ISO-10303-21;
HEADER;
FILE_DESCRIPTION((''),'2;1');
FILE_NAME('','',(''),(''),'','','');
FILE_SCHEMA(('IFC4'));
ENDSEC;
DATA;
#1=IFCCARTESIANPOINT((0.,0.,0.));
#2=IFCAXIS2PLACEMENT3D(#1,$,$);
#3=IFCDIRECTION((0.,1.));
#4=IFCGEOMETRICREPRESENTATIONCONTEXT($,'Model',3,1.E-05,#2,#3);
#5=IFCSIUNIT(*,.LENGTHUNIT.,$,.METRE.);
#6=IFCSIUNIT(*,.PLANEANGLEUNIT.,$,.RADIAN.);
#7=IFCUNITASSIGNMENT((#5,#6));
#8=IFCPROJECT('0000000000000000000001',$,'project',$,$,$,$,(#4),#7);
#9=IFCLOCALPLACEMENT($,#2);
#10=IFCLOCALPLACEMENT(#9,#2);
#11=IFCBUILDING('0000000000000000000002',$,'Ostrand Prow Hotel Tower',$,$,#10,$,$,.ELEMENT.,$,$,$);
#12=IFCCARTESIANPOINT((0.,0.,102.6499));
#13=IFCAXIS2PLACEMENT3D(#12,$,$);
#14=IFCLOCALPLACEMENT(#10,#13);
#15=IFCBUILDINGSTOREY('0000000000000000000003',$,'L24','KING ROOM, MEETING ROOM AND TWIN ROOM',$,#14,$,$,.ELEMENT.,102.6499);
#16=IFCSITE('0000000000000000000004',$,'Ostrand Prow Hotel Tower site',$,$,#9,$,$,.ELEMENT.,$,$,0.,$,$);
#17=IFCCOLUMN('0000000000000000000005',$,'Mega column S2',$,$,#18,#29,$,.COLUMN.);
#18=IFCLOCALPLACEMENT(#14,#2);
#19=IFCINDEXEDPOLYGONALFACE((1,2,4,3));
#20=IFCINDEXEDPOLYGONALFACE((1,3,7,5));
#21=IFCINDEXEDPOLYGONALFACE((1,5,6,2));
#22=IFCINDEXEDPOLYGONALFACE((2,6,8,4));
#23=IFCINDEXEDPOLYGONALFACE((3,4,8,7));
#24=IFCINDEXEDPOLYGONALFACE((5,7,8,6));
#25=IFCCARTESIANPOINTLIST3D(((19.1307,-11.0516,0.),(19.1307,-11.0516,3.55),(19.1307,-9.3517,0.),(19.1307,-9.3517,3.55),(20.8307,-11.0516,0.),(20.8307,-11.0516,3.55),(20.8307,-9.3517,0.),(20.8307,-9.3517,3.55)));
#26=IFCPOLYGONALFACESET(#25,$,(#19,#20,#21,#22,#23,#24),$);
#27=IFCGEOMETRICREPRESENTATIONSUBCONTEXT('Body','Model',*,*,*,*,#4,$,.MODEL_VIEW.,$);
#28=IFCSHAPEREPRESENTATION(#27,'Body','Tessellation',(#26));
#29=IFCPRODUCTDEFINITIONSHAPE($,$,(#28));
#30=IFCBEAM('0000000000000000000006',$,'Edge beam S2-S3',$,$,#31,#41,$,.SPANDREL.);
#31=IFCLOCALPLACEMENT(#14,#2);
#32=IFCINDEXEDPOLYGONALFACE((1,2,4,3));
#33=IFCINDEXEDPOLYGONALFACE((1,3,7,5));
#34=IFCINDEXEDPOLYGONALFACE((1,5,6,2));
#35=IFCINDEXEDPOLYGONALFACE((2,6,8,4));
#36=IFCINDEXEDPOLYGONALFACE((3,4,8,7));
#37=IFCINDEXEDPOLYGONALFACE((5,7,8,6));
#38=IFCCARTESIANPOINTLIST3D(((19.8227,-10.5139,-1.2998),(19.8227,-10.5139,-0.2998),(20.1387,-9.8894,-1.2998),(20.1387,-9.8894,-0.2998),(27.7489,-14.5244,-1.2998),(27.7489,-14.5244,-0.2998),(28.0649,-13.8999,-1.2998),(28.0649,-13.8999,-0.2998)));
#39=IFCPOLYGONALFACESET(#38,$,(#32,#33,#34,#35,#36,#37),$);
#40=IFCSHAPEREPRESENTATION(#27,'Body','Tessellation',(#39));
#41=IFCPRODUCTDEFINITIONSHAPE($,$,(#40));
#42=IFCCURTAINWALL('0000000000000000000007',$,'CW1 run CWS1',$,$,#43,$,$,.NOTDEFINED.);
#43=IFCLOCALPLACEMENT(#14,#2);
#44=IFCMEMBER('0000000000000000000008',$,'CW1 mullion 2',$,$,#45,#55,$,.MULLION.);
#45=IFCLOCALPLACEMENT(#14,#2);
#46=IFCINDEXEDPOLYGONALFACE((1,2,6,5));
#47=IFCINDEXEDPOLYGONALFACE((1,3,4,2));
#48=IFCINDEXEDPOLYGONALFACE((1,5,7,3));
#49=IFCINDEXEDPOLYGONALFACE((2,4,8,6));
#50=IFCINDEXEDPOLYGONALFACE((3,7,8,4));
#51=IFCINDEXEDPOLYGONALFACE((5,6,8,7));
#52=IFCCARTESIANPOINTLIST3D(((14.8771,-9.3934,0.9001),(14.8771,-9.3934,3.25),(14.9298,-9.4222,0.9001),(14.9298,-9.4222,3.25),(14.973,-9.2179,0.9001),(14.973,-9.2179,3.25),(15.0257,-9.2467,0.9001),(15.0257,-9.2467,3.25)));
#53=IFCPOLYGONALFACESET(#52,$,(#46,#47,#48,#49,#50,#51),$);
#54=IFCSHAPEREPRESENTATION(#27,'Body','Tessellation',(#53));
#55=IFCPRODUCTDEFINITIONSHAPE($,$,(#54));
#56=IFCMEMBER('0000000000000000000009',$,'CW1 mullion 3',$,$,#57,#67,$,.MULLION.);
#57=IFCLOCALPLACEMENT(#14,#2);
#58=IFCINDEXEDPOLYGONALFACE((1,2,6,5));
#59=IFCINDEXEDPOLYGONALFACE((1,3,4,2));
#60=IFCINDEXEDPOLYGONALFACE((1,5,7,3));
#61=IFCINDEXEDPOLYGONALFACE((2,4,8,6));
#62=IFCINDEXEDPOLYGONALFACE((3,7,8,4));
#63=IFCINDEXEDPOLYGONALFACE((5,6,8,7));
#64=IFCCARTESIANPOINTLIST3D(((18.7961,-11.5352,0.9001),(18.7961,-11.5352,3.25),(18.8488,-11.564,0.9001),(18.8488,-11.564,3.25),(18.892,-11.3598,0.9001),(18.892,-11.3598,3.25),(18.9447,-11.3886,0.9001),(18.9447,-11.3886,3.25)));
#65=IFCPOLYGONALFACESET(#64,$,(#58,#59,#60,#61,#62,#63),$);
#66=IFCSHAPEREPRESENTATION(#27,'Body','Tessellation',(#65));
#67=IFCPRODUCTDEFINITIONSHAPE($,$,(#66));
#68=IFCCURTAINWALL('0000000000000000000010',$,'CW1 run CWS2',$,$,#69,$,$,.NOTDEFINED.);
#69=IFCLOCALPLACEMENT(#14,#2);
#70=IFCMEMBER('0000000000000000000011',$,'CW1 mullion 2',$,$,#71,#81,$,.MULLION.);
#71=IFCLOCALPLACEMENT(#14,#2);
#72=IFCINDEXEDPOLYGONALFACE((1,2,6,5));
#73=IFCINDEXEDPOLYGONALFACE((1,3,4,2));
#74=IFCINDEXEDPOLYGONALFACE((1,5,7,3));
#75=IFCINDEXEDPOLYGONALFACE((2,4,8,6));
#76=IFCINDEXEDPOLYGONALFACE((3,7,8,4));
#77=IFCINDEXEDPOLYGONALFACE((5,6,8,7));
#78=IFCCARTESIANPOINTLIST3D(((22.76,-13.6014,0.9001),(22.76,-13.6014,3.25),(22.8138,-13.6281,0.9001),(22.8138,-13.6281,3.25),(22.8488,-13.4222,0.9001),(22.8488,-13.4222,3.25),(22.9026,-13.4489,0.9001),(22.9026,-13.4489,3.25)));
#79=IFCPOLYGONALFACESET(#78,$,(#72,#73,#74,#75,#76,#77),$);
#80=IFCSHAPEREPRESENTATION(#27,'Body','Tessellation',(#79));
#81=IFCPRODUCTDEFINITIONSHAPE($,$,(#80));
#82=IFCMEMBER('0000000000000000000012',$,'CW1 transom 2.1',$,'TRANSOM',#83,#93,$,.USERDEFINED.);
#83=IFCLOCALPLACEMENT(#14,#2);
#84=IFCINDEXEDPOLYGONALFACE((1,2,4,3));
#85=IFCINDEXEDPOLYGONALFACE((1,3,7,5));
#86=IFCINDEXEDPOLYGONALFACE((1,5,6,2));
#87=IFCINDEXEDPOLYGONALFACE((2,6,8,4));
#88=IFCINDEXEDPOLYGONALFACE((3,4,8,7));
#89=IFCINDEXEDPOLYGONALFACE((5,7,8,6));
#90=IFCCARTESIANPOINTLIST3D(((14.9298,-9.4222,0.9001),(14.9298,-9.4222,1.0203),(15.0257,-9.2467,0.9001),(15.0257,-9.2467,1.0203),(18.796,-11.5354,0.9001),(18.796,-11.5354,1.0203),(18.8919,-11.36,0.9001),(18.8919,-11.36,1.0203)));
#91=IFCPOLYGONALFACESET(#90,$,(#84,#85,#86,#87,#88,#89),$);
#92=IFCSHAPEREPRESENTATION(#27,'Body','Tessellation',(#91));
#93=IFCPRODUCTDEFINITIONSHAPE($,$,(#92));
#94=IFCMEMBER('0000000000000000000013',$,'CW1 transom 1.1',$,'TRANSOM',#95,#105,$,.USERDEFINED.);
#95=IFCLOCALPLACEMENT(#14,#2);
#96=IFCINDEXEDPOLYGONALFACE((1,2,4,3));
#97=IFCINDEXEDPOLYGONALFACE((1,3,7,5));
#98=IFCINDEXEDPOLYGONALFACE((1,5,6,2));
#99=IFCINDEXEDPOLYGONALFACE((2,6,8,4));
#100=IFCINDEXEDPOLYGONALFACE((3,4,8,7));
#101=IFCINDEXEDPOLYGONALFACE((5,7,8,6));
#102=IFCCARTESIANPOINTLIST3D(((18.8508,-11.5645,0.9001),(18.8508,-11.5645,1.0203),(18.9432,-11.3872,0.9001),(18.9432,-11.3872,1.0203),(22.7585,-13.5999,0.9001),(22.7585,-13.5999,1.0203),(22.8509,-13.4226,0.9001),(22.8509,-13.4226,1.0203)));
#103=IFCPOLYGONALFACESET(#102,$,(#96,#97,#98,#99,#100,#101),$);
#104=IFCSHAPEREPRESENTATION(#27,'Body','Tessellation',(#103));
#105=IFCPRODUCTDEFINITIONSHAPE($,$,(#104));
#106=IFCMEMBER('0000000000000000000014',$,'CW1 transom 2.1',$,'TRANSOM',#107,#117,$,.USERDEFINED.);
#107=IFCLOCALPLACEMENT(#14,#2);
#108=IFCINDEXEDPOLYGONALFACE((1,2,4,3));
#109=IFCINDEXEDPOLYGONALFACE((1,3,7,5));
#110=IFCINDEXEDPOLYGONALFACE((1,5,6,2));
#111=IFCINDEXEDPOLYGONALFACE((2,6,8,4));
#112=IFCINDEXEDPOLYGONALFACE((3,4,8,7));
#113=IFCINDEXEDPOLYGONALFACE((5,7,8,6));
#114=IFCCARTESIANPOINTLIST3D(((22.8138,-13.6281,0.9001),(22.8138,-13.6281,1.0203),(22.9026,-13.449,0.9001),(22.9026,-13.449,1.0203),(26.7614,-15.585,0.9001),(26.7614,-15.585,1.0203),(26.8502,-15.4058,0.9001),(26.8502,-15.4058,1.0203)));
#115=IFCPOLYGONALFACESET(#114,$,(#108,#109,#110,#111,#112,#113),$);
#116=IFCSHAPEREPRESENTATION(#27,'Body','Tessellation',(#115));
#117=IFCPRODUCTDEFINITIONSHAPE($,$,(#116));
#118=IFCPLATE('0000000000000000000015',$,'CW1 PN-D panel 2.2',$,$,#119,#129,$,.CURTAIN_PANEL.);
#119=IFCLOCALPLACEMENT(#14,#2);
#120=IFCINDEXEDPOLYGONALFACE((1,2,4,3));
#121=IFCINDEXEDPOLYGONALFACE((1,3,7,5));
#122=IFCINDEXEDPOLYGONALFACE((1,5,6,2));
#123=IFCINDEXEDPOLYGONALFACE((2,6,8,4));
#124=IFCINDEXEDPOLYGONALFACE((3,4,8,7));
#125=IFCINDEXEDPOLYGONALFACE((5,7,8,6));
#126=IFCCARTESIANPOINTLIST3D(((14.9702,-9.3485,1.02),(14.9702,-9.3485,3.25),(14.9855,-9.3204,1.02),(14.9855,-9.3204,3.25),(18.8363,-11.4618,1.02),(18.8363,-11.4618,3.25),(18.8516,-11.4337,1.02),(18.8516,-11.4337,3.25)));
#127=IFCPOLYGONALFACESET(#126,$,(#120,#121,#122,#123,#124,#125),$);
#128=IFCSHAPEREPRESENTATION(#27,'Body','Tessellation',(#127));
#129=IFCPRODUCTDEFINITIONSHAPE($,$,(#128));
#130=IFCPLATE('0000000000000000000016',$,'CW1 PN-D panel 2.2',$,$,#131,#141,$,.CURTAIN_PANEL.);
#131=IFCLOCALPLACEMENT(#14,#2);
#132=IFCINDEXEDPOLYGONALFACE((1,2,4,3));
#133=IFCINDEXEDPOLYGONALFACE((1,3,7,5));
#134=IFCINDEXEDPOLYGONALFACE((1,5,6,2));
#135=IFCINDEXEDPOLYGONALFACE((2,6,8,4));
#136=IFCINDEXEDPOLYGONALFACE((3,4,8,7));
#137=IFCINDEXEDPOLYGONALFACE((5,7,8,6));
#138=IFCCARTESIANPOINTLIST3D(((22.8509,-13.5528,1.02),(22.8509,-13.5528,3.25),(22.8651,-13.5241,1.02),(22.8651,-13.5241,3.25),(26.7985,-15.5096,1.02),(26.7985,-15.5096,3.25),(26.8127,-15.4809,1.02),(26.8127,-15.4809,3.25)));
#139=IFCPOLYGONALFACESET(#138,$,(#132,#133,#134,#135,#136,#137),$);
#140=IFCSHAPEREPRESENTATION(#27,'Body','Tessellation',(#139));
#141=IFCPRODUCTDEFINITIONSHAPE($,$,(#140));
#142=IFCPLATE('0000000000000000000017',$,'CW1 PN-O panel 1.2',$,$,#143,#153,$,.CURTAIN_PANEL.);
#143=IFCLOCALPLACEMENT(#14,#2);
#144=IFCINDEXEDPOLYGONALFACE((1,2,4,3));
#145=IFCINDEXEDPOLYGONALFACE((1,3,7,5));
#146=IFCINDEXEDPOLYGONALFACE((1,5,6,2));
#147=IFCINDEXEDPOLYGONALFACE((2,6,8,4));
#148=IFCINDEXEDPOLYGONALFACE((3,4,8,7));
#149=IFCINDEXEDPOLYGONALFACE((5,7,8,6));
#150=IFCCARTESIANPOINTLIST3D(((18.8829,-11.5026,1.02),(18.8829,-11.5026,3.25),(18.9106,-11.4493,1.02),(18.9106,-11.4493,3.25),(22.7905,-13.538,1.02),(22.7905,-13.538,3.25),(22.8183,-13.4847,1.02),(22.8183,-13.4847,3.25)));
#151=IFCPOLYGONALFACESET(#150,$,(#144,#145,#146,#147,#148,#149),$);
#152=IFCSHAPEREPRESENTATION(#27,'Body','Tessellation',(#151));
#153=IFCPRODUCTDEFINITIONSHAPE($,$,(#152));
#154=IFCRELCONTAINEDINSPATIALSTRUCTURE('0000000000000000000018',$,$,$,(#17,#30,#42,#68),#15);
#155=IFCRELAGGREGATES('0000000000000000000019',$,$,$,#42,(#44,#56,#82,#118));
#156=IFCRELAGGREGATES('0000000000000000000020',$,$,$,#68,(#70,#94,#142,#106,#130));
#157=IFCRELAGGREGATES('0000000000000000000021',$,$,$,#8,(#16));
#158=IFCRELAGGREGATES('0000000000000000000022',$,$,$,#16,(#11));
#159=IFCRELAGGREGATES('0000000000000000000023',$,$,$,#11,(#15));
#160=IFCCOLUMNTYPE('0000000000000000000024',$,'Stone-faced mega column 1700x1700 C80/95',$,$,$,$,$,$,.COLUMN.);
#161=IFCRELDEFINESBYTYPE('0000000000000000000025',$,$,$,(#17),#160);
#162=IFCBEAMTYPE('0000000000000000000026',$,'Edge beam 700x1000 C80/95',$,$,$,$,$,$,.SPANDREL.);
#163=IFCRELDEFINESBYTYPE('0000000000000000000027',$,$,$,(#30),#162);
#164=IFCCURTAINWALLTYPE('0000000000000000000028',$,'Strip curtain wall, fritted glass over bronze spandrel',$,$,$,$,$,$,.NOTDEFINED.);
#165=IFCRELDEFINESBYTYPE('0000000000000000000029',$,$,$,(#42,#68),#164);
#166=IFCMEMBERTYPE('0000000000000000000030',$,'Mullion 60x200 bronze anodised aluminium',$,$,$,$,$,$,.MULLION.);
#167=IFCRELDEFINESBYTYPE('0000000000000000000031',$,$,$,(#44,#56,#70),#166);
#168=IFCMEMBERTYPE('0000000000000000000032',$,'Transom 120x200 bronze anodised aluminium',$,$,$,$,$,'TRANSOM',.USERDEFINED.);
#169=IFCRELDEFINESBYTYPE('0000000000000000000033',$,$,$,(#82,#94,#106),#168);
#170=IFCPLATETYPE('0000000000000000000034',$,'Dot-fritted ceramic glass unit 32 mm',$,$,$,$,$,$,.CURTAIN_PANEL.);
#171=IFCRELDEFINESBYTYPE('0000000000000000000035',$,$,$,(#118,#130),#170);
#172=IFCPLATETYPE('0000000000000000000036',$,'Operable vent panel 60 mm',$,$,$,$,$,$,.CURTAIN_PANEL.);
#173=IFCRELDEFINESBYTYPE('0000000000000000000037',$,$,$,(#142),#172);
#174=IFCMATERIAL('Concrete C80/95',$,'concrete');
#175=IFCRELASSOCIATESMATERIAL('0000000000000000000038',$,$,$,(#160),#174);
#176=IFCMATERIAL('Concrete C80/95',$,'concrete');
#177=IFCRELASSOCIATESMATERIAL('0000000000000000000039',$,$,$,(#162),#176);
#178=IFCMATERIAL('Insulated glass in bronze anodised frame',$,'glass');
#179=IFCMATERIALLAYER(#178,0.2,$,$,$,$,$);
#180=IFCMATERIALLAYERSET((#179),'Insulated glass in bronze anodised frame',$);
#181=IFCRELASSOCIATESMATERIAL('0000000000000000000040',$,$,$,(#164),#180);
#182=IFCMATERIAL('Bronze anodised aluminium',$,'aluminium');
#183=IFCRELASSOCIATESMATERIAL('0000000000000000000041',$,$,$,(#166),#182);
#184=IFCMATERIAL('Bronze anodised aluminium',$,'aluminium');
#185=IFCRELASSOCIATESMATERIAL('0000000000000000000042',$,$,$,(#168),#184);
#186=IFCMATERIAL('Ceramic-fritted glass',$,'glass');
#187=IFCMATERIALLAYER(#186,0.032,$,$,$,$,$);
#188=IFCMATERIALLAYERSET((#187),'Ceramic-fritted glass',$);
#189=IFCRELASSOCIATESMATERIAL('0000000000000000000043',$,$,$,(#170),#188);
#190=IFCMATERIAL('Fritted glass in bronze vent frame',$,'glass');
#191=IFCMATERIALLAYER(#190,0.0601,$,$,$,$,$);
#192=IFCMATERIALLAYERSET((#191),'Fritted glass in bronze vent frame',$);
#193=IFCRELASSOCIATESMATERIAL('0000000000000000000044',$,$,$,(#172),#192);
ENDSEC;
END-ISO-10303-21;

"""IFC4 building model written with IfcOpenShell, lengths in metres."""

from ifc_helpers import new_model, si_unit, direction, frame, origin, origin_2d, place, context, subcontext, project, spatial, rectangle, extrude, material, layer, layer_set, material_profile, profile_set, type_object, element, aggregate, save


model = new_model("IFC4")

# Units and contexts
model_context = context("Model", 3, precision=1e-05, world=origin(), true_north=direction((0.0, 1.0)))
body_context = subcontext(model_context, "Body", "Model", "MODEL_VIEW")
ifc_project = project(units=[si_unit("LENGTHUNIT", "METRE"), si_unit("PLANEANGLEUNIT", "RADIAN")], contexts=[model_context])

# Site, building, storey
site_placement = place(None, origin())
site = spatial("IfcSite", under=ifc_project, at=site_placement, Name="Ostrand Prow Hotel Tower site", CompositionType="ELEMENT", RefElevation=0.0)
building_placement = place(site_placement, origin())
building = spatial("IfcBuilding", under=site, at=building_placement, Name="Ostrand Prow Hotel Tower", CompositionType="ELEMENT")
storey_placement = place(building_placement, frame((0.0, 0.0, 102.6499)))
storey = spatial("IfcBuildingStorey", under=building, at=storey_placement, Name="L24", Description="KING ROOM, MEETING ROOM AND TWIN ROOM", CompositionType="ELEMENT", Elevation=102.6499)

# Column
ifc_material_1 = material(Name="Concrete C80/95", Category="concrete")
ifc_material_profile_1 = material_profile(ifc_material_1, rectangle(XDim=1.7, YDim=1.7, at=origin_2d()), Name="RC 1700x1700")
ifc_profile_set_1 = profile_set([ifc_material_profile_1], Name="Concrete C80/95")
column_type = type_object("IfcColumnType", Name="Stone-faced mega column 1700x1700 C80/95", PredefinedType="COLUMN", material=ifc_profile_set_1)
column_placement = place(storey_placement, frame((19.9807, -10.2017, 0.0), z_axis=(0.0, 0.0, 1.0), x_axis=(1.0, 0.0, 0.0)))
element("IfcColumn", 1, at=column_placement, inside=storey, type_object=column_type, Name="Mega column S2", PredefinedType="COLUMN", context=body_context, shape_type="SweptSolid", body=[
    extrude(rectangle(XDim=1.7, YDim=1.7, at=origin_2d()), origin(), (0.0, 0.0, 1.0), 3.55),
])

# Beam
ifc_material_2 = material(Name="Concrete C80/95", Category="concrete")
ifc_material_profile_2 = material_profile(ifc_material_2, rectangle(XDim=0.7, YDim=1.0, at=origin_2d()), Name="RC 700x1000")
ifc_profile_set_2 = profile_set([ifc_material_profile_2], Name="Concrete C80/95")
beam_type = type_object("IfcBeamType", Name="Edge beam 700x1000 C80/95", PredefinedType="SPANDREL", material=ifc_profile_set_2)
beam_placement = place(storey_placement, frame((19.9807, -10.2017, -0.7998), z_axis=(0.892284, -0.451474, 0.0), x_axis=(0.451474, 0.892284, 0.0)))
element("IfcBeam", 2, at=beam_placement, inside=storey, type_object=beam_type, Name="Edge beam S2-S3", PredefinedType="SPANDREL", context=body_context, shape_type="SweptSolid", body=[
    extrude(rectangle(XDim=0.7, YDim=1.0, at=origin_2d()), origin(), (0.0, 0.0, 1.0), 8.8831),
])

# Curtain wall, members
ifc_material_3 = material(Name="Insulated glass in bronze anodised frame", Category="glass")
ifc_layer_1 = layer(ifc_material_3, 0.2)
ifc_layer_set_1 = layer_set([ifc_layer_1], Name="Insulated glass in bronze anodised frame")
curtain_wall_type = type_object("IfcCurtainWallType", Name="Strip curtain wall, fritted glass over bronze spandrel", PredefinedType="NOTDEFINED", material=ifc_layer_set_1)
curtain_wall_1_placement = place(storey_placement, origin())
curtain_wall_1 = element("IfcCurtainWall", 3, at=curtain_wall_1_placement, inside=storey, type_object=curtain_wall_type, Name="CW1 run CWS1", PredefinedType="NOTDEFINED")
ifc_material_4 = material(Name="Bronze anodised aluminium", Category="aluminium")
ifc_material_profile_3 = material_profile(ifc_material_4, rectangle(XDim=0.2, YDim=0.0601, at=origin_2d()), Name="Mullion 60x200 bronze anodised aluminium")
ifc_profile_set_3 = profile_set([ifc_material_profile_3], Name="Bronze anodised aluminium")
member_type_1 = type_object("IfcMemberType", Name="Mullion 60x200 bronze anodised aluminium", PredefinedType="MULLION", material=ifc_profile_set_3)
member_1_placement = place(storey_placement, frame((14.9514, -9.3201, 0.9001), z_axis=(0.0, 0.0, 1.0), x_axis=(0.479637, 0.877467, 0.0)))
member_1 = element("IfcMember", 4, at=member_1_placement, type_object=member_type_1, Name="CW1 mullion 2", PredefinedType="MULLION", context=body_context, shape_type="SweptSolid", body=[
    extrude(rectangle(XDim=0.2, YDim=0.0601, at=origin_2d()), origin(), (0.0, 0.0, 1.0), 2.3499),
])
member_2_placement = place(storey_placement, frame((18.8704, -11.4619, 0.9001), z_axis=(0.0, 0.0, 1.0), x_axis=(0.479637, 0.877467, 0.0)))
member_2 = element("IfcMember", 5, at=member_2_placement, type_object=member_type_1, Name="CW1 mullion 3", PredefinedType="MULLION", context=body_context, shape_type="SweptSolid", body=[
    extrude(rectangle(XDim=0.2, YDim=0.0601, at=origin_2d()), origin(), (0.0, 0.0, 1.0), 2.3499),
])

# Curtain wall, member
curtain_wall_2_placement = place(storey_placement, origin())
curtain_wall_2 = element("IfcCurtainWall", 6, at=curtain_wall_2_placement, inside=storey, type_object=curtain_wall_type, Name="CW1 run CWS2", PredefinedType="NOTDEFINED")
member_3_placement = place(storey_placement, frame((22.8313, -13.5251, 0.9001), z_axis=(0.0, 0.0, 1.0), x_axis=(0.444113, 0.895971, 0.0)))
member_3 = element("IfcMember", 7, at=member_3_placement, type_object=member_type_1, Name="CW1 mullion 2", PredefinedType="MULLION", context=body_context, shape_type="SweptSolid", body=[
    extrude(rectangle(XDim=0.2, YDim=0.0601, at=origin_2d()), origin(), (0.0, 0.0, 1.0), 2.3499),
])

# Members
ifc_material_5 = material(Name="Bronze anodised aluminium", Category="aluminium")
ifc_material_profile_4 = material_profile(ifc_material_5, rectangle(XDim=0.2, YDim=0.1201, at=origin_2d()), Name="Transom 120x200 bronze anodised aluminium")
ifc_profile_set_4 = profile_set([ifc_material_profile_4], Name="Bronze anodised aluminium")
member_type_2 = type_object("IfcMemberType", Name="Transom 120x200 bronze anodised aluminium", ElementType="TRANSOM", PredefinedType="USERDEFINED", material=ifc_profile_set_4)
member_4_placement = place(storey_placement, frame((14.9778, -9.3345, 0.9602), z_axis=(0.877472, -0.479628, 0.0), x_axis=(0.479628, 0.877472, 0.0)))
member_4 = element("IfcMember", 8, at=member_4_placement, type_object=member_type_2, Name="CW1 transom 2.1", ObjectType="TRANSOM", PredefinedType="USERDEFINED", context=body_context, shape_type="SweptSolid", body=[
    extrude(rectangle(XDim=0.2, YDim=0.1201, at=origin_2d()), origin(), (0.0, 0.0, 1.0), 4.406),
])
member_5_placement = place(storey_placement, frame((18.897, -11.4758, 0.9602), z_axis=(0.886902, -0.461958, 0.0), x_axis=(0.461958, 0.886902, 0.0)))
member_5 = element("IfcMember", 9, at=member_5_placement, type_object=member_type_2, Name="CW1 transom 1.1", ObjectType="TRANSOM", PredefinedType="USERDEFINED", context=body_context, shape_type="SweptSolid", body=[
    extrude(rectangle(XDim=0.2, YDim=0.1201, at=origin_2d()), origin(), (0.0, 0.0, 1.0), 4.406),
])
member_6_placement = place(storey_placement, frame((22.8582, -13.5386, 0.9602), z_axis=(0.895962, -0.44413, 0.0), x_axis=(0.44413, 0.895962, 0.0)))
member_6 = element("IfcMember", 10, at=member_6_placement, type_object=member_type_2, Name="CW1 transom 2.1", ObjectType="TRANSOM", PredefinedType="USERDEFINED", context=body_context, shape_type="SweptSolid", body=[
    extrude(rectangle(XDim=0.2, YDim=0.1201, at=origin_2d()), origin(), (0.0, 0.0, 1.0), 4.406),
])

# Plates
ifc_material_6 = material(Name="Ceramic-fritted glass", Category="glass")
ifc_layer_2 = layer(ifc_material_6, 0.032)
ifc_layer_set_2 = layer_set([ifc_layer_2], Name="Ceramic-fritted glass")
plate_type_1 = type_object("IfcPlateType", Name="Dot-fritted ceramic glass unit 32 mm", PredefinedType="CURTAIN_PANEL", material=ifc_layer_set_2)
plate_1_placement = place(storey_placement, frame((16.9109, -10.3911, 1.02), z_axis=(0.0, 0.0, 1.0), x_axis=(0.877467, -0.479637, 0.0)))
plate_1 = element("IfcPlate", 11, at=plate_1_placement, type_object=plate_type_1, Name="CW1 PN-D panel 2.2", PredefinedType="CURTAIN_PANEL", context=body_context, shape_type="SweptSolid", body=[
    extrude(rectangle(XDim=4.406, YDim=0.032, at=origin_2d()), origin(), (0.0, 0.0, 1.0), 2.23),
])
aggregate(curtain_wall_1, [member_1, member_2, member_4, plate_1])
plate_2_placement = place(storey_placement, frame((24.8318, -14.5168, 1.02), z_axis=(0.0, 0.0, 1.0), x_axis=(0.895971, -0.444113, 0.0)))
plate_2 = element("IfcPlate", 12, at=plate_2_placement, type_object=plate_type_1, Name="CW1 PN-D panel 2.2", PredefinedType="CURTAIN_PANEL", context=body_context, shape_type="SweptSolid", body=[
    extrude(rectangle(XDim=4.406, YDim=0.032, at=origin_2d()), origin(), (0.0, 0.0, 1.0), 2.23),
])
ifc_material_7 = material(Name="Fritted glass in bronze vent frame", Category="glass")
ifc_layer_3 = layer(ifc_material_7, 0.0601)
ifc_layer_set_3 = layer_set([ifc_layer_3], Name="Fritted glass in bronze vent frame")
plate_type_2 = type_object("IfcPlateType", Name="Operable vent panel 60 mm", PredefinedType="CURTAIN_PANEL", material=ifc_layer_set_3)
plate_3_placement = place(storey_placement, frame((20.8506, -12.4937, 1.02), z_axis=(0.0, 0.0, 1.0), x_axis=(0.886896, -0.461968, 0.0)))
plate_3 = element("IfcPlate", 13, at=plate_3_placement, type_object=plate_type_2, Name="CW1 PN-O panel 1.2", PredefinedType="CURTAIN_PANEL", context=body_context, shape_type="SweptSolid", body=[
    extrude(rectangle(XDim=4.406, YDim=0.0601, at=origin_2d()), origin(), (0.0, 0.0, 1.0), 2.23),
])
aggregate(curtain_wall_2, [member_3, member_5, plate_3, member_6, plate_2])

save(model, "model.ifc")
